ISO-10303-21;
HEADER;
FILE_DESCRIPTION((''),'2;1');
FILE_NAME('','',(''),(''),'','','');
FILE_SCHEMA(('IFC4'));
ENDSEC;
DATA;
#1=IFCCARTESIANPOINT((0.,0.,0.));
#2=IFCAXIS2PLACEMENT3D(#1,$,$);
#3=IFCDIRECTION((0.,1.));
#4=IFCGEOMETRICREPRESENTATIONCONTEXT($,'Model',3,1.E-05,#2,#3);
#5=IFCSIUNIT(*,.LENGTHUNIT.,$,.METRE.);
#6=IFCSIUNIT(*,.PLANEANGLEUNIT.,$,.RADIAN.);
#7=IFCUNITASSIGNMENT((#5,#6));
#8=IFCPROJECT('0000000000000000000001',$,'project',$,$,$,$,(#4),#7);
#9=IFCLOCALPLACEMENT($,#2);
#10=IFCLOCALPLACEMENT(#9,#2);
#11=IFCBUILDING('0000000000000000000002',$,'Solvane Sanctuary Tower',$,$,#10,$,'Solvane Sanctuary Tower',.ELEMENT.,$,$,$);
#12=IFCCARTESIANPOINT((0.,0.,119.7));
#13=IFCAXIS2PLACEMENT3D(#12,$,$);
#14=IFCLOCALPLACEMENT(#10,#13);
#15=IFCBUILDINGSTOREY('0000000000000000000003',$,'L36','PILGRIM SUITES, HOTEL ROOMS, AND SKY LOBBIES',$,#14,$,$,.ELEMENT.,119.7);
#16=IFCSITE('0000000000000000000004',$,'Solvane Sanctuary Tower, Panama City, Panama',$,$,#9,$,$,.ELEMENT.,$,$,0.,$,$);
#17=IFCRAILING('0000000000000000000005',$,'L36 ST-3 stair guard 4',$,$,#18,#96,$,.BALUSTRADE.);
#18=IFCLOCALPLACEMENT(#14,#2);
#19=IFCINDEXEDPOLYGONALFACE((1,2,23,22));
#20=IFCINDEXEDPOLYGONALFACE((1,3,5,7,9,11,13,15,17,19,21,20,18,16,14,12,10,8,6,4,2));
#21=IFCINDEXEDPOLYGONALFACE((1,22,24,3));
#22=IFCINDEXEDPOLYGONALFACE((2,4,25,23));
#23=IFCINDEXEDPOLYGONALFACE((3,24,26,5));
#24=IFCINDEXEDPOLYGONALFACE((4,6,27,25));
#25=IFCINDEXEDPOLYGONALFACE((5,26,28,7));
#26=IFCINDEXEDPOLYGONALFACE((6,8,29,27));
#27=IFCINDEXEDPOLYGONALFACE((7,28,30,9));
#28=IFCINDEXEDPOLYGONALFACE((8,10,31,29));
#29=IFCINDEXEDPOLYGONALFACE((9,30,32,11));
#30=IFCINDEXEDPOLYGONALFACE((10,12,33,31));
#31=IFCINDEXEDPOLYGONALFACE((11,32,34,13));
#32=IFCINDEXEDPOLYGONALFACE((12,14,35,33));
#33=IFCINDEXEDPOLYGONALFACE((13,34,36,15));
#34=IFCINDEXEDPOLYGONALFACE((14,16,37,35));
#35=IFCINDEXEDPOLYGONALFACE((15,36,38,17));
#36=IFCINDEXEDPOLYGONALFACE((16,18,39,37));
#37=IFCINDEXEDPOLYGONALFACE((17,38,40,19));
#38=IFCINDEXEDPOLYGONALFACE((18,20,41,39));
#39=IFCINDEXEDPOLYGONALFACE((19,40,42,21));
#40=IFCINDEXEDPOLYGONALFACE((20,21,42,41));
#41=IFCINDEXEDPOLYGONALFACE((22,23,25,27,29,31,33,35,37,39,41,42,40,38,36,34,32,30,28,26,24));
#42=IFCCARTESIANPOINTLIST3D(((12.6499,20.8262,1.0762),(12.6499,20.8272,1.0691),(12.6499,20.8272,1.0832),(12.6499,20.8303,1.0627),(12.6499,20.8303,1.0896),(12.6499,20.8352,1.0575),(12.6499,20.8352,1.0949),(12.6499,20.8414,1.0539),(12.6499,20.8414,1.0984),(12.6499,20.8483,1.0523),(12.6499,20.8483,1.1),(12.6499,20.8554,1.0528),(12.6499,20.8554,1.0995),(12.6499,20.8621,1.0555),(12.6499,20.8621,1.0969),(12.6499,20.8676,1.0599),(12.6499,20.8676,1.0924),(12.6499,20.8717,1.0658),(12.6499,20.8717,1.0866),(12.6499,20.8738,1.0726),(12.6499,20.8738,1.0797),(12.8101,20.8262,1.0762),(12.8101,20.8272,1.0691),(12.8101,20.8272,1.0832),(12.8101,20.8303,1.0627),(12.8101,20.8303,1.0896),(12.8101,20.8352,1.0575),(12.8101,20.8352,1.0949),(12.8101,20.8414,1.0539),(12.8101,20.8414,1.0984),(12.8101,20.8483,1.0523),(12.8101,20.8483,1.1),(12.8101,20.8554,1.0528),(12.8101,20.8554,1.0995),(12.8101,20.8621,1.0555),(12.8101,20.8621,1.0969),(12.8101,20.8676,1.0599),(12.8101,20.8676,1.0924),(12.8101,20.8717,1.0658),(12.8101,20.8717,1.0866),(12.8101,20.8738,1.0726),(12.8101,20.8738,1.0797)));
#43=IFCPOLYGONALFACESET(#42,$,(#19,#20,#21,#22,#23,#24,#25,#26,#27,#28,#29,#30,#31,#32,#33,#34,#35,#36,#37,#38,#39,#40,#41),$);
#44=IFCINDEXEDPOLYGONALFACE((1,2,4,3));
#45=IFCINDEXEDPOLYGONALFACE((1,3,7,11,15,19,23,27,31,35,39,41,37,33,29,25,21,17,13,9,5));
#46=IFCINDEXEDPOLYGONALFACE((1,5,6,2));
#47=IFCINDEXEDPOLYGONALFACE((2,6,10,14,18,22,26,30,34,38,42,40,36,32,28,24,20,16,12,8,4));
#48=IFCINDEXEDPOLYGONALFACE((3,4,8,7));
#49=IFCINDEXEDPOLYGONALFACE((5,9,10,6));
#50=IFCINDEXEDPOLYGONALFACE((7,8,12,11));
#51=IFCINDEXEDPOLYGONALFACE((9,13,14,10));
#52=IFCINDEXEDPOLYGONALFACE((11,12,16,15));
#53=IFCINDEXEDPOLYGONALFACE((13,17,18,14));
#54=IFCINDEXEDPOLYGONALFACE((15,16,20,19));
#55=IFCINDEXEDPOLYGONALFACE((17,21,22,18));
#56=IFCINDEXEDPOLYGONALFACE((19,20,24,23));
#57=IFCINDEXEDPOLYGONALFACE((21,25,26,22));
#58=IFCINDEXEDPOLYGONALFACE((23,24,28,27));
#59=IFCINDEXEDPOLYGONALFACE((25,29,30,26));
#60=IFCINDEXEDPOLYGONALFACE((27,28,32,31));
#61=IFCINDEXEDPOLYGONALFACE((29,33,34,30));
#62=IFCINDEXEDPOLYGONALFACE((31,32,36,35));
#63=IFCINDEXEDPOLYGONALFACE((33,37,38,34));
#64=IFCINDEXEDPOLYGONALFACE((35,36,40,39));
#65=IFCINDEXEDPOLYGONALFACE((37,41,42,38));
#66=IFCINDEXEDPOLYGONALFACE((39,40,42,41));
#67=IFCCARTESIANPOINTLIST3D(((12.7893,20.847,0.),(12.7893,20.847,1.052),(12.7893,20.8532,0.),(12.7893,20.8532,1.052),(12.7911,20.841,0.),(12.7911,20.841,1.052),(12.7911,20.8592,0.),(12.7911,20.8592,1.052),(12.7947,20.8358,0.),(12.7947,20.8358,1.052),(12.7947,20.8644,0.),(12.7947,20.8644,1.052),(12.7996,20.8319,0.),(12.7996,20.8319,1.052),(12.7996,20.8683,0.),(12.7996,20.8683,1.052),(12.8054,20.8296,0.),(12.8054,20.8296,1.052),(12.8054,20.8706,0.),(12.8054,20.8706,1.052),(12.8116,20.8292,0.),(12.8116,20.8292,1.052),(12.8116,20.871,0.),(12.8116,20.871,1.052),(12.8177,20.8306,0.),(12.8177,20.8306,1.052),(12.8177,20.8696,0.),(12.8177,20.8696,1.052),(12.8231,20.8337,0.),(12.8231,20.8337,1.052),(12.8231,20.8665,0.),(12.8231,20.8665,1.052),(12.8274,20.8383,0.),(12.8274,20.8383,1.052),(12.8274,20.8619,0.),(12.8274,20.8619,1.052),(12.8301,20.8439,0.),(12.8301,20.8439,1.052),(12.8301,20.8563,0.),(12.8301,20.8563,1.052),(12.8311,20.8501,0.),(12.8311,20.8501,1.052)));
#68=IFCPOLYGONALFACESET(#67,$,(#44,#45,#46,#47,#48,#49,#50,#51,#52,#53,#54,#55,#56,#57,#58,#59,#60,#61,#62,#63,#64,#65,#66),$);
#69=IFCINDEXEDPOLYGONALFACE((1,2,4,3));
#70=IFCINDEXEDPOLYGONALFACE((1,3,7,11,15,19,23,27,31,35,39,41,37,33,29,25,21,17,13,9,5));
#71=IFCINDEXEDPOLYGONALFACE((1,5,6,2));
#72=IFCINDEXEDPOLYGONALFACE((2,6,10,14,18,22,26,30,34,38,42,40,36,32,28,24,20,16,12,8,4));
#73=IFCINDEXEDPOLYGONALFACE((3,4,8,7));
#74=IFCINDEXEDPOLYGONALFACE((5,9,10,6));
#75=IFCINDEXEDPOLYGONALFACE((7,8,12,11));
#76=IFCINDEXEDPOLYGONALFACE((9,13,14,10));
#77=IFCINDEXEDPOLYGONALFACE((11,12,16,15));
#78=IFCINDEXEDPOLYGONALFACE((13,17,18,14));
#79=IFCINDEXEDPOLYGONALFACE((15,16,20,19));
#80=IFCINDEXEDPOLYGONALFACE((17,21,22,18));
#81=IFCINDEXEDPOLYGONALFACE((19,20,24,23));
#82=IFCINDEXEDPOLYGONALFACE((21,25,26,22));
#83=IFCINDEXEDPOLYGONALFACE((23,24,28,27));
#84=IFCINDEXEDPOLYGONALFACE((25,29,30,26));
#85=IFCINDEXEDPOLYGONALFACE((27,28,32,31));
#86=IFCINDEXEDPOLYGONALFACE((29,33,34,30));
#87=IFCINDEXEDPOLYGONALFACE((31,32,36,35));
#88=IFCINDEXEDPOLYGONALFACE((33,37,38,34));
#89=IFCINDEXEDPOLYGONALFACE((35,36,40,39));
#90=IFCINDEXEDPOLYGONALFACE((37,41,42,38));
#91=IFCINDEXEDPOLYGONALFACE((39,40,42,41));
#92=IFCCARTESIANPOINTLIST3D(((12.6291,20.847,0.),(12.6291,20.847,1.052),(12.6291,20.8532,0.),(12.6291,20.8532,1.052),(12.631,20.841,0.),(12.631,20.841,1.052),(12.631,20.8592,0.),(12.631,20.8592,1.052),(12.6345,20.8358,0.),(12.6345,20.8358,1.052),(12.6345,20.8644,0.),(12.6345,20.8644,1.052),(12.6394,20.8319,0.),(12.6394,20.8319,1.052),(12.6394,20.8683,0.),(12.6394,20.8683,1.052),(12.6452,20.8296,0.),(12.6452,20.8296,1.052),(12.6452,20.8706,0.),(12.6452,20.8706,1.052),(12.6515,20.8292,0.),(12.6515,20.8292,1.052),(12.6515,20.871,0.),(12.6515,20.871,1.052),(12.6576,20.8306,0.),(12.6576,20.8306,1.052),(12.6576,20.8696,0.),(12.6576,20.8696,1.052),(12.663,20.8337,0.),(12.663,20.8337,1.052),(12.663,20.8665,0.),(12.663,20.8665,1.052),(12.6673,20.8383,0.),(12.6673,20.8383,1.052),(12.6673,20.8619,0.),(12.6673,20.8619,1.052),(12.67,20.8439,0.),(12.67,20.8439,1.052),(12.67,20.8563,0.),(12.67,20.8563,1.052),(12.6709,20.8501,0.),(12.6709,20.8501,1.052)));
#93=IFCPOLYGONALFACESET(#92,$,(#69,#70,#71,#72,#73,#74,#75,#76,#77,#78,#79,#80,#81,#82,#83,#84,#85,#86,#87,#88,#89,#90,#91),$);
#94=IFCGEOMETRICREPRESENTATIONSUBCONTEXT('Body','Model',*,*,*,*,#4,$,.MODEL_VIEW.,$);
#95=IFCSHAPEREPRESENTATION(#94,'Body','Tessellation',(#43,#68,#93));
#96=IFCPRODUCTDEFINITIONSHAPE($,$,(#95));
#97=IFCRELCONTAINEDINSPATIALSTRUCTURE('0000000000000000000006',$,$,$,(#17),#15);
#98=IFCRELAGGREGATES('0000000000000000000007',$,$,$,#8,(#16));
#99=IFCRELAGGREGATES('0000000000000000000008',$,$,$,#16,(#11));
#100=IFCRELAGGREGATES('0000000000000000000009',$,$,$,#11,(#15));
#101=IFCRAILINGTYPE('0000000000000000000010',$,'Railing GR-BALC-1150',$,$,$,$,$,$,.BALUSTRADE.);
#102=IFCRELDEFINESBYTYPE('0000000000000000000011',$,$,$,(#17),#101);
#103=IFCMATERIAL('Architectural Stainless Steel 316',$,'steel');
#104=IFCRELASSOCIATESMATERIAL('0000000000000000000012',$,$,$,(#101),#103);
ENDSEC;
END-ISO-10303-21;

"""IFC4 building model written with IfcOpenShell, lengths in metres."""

from ifc_helpers import new_model, si_unit, direction, frame, origin, origin_2d, place, context, subcontext, project, spatial, circle, extrude, material, type_object, element, save


model = new_model("IFC4")

# Units and contexts
model_context = context("Model", 3, precision=1e-05, world=origin(), true_north=direction((0.0, 1.0)))
body_context = subcontext(model_context, "Body", "Model", "MODEL_VIEW")
ifc_project = project(units=[si_unit("LENGTHUNIT", "METRE"), si_unit("PLANEANGLEUNIT", "RADIAN")], contexts=[model_context])

# Site, building, storey
site_placement = place(None, origin())
site = spatial("IfcSite", under=ifc_project, at=site_placement, Name="Solvane Sanctuary Tower, Panama City, Panama", CompositionType="ELEMENT", RefElevation=0.0)
building_placement = place(site_placement, origin())
building = spatial("IfcBuilding", under=site, at=building_placement, Name="Solvane Sanctuary Tower", LongName="Solvane Sanctuary Tower", CompositionType="ELEMENT")
storey_placement = place(building_placement, frame((0.0, 0.0, 119.7)))
storey = spatial("IfcBuildingStorey", under=building, at=storey_placement, Name="L36", Description="PILGRIM SUITES, HOTEL ROOMS, AND SKY LOBBIES", CompositionType="ELEMENT", Elevation=119.7)

# Shared definitions
ifc_material_1 = material(Name="Architectural Stainless Steel 316", Category="steel")

# Railing
railing_type_1 = type_object("IfcRailingType", Name="Railing GR-BALC-1150", PredefinedType="BALUSTRADE", material=ifc_material_1)
railing_1_placement = place(storey_placement, frame((12.8101, 20.8501, 0.0)))
element("IfcRailing", 1, at=railing_1_placement, inside=storey, type_object=railing_type_1, Name="L36 ST-3 stair guard 4", PredefinedType="BALUSTRADE", context=body_context, shape_type="SweptSolid", body=[
    extrude(circle(Radius=0.0239, at=origin_2d()), frame((0.0, 0.0, 1.0762), z_axis=(-1.0, 0.0, 0.0), x_axis=(0.0, -1.0, 0.0)), (0.0, 0.0, 1.0), 0.1602),
    extrude(circle(Radius=0.021, at=origin_2d()), origin(), (0.0, 0.0, 1.0), 1.052),
    extrude(circle(Radius=0.021, at=origin_2d()), frame((-0.1602, 0.0, 0.0)), (0.0, 0.0, 1.0), 1.052),
])

save(model, "model.ifc")
